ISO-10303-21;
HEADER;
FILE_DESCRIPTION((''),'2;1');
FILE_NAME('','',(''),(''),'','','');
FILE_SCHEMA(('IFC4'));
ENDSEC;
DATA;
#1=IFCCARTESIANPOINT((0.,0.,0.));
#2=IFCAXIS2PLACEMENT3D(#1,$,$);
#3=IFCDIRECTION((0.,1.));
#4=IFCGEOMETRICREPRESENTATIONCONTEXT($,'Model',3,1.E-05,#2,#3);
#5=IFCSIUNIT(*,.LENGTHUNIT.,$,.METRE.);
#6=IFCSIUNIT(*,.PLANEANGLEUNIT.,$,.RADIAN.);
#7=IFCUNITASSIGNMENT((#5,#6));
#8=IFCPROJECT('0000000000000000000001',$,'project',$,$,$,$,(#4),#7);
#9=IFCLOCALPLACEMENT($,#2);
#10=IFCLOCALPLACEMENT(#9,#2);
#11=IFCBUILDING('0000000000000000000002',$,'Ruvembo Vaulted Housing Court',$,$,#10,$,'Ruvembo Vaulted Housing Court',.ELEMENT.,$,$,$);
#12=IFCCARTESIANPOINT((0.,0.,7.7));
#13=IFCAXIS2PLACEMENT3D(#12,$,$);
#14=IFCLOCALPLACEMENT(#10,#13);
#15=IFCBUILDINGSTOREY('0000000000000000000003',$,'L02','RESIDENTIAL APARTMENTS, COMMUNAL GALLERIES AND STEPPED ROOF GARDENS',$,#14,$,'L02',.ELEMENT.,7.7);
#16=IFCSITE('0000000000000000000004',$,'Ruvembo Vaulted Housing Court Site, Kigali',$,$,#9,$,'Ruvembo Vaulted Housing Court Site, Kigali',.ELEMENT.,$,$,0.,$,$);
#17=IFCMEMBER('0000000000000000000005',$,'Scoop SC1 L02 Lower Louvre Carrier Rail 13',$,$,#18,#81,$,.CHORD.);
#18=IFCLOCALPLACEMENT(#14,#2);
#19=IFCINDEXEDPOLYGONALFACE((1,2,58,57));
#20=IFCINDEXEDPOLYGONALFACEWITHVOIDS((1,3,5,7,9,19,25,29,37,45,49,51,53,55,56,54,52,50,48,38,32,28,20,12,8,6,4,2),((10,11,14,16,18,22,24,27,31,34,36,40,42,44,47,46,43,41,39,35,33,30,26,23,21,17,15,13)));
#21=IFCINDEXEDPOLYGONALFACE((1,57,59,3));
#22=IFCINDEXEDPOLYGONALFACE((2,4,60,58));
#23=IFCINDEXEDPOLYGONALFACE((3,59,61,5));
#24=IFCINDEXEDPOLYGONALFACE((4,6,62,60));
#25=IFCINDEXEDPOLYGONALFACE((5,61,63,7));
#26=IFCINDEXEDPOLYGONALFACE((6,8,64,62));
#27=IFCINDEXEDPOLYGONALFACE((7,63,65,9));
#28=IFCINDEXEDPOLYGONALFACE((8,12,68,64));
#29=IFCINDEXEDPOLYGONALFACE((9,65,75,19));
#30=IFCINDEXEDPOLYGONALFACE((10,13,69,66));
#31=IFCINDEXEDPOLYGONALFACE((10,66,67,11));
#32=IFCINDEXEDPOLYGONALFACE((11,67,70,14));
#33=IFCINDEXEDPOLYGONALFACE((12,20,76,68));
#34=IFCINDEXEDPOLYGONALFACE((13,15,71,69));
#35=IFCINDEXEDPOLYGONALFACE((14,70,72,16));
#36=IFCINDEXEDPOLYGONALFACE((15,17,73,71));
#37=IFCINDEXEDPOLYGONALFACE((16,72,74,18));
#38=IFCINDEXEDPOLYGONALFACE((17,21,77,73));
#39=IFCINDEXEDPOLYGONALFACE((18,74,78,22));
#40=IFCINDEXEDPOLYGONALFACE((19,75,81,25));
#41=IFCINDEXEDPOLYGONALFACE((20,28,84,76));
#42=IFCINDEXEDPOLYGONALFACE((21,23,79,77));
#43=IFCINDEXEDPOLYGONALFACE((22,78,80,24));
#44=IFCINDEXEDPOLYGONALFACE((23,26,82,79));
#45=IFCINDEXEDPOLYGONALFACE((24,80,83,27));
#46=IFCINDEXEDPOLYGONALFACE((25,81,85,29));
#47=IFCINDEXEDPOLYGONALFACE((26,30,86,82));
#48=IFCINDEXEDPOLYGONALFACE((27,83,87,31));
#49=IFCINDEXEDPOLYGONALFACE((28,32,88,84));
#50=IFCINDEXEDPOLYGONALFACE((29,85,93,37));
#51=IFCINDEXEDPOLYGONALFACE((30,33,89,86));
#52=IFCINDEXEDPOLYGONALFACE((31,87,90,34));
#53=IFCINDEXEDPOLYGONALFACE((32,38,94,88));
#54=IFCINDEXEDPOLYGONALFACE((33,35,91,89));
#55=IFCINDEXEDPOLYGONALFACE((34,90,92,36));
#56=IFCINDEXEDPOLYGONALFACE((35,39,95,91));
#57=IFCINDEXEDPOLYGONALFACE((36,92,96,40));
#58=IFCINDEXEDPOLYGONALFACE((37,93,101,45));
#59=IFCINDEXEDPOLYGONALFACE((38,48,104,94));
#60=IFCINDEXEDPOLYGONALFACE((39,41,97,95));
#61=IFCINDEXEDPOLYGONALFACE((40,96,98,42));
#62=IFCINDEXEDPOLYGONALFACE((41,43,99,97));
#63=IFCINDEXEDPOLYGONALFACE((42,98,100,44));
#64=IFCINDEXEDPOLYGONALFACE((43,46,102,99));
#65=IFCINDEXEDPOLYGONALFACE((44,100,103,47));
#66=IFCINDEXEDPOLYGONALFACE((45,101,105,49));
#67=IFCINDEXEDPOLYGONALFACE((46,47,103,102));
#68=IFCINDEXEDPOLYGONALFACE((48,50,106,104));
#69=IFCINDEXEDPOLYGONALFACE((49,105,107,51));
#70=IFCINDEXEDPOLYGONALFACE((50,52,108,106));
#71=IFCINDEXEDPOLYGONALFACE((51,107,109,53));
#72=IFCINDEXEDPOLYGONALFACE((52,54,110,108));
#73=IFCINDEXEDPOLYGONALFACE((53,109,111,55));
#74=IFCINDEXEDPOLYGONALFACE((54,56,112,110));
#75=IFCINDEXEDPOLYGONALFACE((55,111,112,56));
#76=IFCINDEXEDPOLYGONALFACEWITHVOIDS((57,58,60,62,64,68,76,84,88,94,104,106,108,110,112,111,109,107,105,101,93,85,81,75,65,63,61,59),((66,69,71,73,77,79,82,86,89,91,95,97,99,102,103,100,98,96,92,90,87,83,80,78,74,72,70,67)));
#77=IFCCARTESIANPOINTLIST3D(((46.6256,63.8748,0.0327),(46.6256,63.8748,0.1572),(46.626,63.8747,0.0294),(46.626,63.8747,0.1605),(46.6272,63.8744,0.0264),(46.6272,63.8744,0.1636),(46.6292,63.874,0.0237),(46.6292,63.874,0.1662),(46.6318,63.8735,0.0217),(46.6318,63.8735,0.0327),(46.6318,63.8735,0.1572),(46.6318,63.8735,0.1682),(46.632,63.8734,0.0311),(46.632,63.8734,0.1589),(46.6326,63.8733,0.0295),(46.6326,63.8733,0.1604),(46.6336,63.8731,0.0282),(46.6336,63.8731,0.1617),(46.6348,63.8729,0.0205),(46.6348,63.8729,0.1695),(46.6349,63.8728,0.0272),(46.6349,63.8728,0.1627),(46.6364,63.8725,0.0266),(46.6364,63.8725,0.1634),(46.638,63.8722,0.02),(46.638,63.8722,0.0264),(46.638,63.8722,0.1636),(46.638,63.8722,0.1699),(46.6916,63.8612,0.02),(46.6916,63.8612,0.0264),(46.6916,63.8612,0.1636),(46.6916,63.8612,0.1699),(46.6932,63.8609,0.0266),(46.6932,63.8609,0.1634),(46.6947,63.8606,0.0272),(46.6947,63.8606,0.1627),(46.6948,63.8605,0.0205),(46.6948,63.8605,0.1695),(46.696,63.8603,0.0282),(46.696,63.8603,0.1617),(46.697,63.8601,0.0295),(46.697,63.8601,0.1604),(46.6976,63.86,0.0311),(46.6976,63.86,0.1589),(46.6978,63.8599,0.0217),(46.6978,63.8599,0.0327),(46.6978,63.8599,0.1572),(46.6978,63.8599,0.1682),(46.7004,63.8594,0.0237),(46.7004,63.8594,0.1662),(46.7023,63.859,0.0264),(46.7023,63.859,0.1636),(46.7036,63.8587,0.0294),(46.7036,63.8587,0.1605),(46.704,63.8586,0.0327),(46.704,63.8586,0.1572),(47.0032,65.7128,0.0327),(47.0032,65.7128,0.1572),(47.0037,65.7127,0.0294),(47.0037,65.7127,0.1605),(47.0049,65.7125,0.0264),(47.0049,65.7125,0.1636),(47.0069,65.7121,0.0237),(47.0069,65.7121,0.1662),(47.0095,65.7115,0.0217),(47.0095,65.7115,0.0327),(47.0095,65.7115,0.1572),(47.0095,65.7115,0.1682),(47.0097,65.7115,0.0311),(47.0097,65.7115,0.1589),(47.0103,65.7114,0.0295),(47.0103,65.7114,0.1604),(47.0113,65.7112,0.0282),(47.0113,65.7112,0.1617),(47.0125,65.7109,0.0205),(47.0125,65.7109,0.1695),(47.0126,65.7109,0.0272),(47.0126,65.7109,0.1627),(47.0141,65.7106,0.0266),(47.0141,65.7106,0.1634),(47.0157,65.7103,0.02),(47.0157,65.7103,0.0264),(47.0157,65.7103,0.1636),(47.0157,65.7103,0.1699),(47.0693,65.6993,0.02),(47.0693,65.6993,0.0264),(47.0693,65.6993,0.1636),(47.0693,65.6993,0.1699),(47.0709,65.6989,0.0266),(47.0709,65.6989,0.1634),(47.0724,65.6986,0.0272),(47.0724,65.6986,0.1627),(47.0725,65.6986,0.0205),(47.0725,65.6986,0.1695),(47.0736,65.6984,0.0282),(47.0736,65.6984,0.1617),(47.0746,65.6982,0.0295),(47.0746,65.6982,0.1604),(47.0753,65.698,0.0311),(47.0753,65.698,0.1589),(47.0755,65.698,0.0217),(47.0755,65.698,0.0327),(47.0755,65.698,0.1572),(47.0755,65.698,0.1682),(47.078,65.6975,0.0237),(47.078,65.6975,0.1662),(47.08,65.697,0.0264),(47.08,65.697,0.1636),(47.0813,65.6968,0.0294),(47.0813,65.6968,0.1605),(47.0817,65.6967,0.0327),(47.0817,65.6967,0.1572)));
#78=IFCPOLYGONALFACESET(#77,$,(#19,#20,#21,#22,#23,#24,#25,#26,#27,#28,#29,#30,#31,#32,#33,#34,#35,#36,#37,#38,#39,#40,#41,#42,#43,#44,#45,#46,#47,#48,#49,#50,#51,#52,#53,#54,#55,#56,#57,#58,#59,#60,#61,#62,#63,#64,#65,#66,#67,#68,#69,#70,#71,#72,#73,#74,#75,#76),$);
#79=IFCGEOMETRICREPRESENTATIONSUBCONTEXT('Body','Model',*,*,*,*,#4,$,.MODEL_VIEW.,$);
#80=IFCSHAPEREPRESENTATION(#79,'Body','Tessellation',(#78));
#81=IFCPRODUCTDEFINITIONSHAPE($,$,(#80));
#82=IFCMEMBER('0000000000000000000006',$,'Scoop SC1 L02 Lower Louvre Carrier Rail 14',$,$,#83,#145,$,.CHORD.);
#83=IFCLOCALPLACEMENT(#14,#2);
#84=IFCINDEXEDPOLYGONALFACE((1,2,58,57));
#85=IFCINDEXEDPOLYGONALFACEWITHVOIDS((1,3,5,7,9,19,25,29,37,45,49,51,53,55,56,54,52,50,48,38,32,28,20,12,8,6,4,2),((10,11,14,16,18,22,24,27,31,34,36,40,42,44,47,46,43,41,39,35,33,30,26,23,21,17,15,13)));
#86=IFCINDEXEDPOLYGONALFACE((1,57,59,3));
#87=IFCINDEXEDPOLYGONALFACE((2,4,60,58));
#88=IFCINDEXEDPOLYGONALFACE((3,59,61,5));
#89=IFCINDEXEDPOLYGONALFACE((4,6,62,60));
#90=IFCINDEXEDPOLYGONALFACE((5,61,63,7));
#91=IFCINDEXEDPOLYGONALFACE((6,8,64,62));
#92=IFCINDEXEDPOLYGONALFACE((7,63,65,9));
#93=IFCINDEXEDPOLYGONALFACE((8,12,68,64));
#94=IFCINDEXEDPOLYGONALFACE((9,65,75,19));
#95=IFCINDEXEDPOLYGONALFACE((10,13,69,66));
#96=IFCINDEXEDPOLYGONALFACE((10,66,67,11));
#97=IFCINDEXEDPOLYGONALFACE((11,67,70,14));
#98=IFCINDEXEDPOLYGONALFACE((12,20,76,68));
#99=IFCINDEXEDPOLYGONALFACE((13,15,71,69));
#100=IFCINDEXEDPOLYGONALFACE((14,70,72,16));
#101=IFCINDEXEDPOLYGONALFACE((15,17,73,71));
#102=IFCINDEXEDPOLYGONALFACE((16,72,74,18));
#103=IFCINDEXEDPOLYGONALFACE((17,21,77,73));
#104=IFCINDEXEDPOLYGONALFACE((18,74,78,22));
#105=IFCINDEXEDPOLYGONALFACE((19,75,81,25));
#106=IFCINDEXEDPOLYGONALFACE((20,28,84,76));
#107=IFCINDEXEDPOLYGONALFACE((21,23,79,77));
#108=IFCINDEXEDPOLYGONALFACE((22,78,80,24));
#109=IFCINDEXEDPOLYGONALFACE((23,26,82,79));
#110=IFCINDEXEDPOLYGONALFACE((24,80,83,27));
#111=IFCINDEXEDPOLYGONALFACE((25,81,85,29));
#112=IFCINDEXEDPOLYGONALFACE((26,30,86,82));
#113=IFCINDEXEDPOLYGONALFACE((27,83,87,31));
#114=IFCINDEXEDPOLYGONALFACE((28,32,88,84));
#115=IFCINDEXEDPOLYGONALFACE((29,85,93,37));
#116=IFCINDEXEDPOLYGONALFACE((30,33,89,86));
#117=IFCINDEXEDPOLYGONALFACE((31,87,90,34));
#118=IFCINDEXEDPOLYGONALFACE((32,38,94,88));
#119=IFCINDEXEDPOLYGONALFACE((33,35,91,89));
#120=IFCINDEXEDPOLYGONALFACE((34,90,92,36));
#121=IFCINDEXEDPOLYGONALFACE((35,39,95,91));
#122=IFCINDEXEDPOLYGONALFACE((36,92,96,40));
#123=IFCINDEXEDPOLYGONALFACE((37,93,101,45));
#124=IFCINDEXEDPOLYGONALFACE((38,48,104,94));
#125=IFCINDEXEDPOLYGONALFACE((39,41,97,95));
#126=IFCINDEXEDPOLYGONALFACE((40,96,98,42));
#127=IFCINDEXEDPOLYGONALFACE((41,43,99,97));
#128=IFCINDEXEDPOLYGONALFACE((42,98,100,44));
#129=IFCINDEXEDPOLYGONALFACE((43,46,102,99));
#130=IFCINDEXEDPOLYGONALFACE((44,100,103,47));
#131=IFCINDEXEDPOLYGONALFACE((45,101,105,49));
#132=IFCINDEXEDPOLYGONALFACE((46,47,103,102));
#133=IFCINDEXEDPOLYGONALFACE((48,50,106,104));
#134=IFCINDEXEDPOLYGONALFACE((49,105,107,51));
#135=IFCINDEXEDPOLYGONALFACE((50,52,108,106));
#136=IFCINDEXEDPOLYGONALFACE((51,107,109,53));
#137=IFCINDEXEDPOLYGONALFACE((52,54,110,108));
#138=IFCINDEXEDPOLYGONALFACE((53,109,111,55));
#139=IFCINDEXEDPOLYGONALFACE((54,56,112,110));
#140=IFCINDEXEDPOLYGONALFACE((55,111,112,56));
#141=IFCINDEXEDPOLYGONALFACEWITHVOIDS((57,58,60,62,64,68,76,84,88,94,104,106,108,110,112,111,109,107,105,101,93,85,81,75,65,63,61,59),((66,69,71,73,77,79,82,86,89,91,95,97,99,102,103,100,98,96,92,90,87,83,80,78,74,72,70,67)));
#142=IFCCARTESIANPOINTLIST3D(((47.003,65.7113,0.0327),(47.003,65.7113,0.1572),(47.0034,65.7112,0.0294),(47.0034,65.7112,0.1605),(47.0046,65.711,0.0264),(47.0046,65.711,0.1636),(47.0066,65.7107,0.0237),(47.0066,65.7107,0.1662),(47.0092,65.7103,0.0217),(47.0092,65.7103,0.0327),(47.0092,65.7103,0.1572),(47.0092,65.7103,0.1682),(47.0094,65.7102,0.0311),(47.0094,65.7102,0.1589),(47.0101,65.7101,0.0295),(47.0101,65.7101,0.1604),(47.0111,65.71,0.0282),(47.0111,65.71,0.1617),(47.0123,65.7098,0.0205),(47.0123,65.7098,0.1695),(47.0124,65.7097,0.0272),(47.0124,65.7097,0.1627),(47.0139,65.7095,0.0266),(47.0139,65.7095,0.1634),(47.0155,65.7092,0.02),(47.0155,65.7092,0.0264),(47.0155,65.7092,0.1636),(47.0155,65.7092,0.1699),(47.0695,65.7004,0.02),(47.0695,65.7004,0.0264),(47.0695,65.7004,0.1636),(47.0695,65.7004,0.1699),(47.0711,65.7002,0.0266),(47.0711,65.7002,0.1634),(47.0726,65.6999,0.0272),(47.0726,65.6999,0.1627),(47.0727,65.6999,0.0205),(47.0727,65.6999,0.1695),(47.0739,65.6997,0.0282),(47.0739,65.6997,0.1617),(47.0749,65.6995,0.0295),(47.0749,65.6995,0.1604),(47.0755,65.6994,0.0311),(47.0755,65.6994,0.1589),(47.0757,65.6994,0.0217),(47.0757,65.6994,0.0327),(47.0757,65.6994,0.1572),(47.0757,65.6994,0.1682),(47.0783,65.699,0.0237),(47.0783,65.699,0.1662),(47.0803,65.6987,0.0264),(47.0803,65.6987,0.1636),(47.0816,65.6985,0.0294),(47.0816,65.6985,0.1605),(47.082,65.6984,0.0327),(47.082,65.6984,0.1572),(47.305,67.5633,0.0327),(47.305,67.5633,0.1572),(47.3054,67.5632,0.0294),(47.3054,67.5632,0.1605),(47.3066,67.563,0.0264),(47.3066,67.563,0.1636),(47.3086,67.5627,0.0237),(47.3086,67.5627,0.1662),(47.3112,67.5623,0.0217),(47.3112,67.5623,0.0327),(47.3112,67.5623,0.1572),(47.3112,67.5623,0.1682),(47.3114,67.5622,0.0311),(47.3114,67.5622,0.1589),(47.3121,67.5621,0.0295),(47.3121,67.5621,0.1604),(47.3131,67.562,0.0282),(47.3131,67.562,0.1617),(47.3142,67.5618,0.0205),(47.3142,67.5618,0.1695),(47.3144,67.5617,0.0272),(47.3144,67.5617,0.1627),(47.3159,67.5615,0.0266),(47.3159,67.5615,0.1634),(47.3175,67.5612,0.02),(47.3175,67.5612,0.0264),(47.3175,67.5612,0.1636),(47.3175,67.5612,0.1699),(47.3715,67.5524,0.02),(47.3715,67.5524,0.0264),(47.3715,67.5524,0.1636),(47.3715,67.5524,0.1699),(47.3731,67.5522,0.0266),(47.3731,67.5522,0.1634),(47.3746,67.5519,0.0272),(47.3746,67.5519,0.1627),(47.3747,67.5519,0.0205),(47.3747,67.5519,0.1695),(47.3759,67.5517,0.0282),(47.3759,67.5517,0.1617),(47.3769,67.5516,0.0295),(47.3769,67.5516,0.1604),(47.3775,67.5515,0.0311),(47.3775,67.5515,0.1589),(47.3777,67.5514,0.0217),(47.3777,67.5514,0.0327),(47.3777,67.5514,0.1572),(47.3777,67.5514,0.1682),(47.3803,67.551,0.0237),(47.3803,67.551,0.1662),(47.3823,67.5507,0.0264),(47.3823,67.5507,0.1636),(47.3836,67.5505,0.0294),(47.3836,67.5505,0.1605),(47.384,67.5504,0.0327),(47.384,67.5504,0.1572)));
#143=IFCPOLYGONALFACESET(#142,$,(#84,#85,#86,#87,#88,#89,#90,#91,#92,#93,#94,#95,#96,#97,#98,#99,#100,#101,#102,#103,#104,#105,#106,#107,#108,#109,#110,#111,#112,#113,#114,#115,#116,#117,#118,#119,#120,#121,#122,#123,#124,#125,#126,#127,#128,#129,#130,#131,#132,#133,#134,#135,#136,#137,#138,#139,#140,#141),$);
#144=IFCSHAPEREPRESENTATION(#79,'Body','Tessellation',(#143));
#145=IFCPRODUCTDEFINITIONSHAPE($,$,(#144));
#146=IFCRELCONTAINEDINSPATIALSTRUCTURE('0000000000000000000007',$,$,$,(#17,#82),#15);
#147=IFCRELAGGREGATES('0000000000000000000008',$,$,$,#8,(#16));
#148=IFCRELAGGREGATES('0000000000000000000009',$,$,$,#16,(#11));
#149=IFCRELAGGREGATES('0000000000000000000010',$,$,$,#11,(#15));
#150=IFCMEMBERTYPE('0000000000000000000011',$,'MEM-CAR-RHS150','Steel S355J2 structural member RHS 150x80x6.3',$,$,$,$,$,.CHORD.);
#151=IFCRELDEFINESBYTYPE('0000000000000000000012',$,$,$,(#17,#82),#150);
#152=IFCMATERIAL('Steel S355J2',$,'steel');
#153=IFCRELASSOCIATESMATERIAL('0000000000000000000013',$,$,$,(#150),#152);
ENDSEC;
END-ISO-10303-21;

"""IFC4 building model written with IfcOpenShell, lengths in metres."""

from ifc_helpers import new_model, si_unit, direction, frame, origin, origin_2d, place, context, subcontext, project, spatial, hollow_rectangle, extrude, material, material_profile, profile_set, type_object, element, save


model = new_model("IFC4")

# Units and contexts
model_context = context("Model", 3, precision=1e-05, world=origin(), true_north=direction((0.0, 1.0)))
body_context = subcontext(model_context, "Body", "Model", "MODEL_VIEW")
ifc_project = project(units=[si_unit("LENGTHUNIT", "METRE"), si_unit("PLANEANGLEUNIT", "RADIAN")], contexts=[model_context])

# Site, building, storey
site_placement = place(None, origin())
site = spatial("IfcSite", under=ifc_project, at=site_placement, Name="Ruvembo Vaulted Housing Court Site, Kigali", LongName="Ruvembo Vaulted Housing Court Site, Kigali", CompositionType="ELEMENT", RefElevation=0.0)
building_placement = place(site_placement, origin())
building = spatial("IfcBuilding", under=site, at=building_placement, Name="Ruvembo Vaulted Housing Court", LongName="Ruvembo Vaulted Housing Court", CompositionType="ELEMENT")
storey_placement = place(building_placement, frame((0.0, 0.0, 7.7)))
storey = spatial("IfcBuildingStorey", under=building, at=storey_placement, Name="L02", Description="RESIDENTIAL APARTMENTS, COMMUNAL GALLERIES AND STEPPED ROOF GARDENS", LongName="L02", CompositionType="ELEMENT", Elevation=7.7)

# Shared definitions
ifc_material_1 = material(Name="Steel S355J2", Category="steel")

# Members
ifc_material_profile_1 = material_profile(ifc_material_1, hollow_rectangle(XDim=0.0801, YDim=0.1499, WallThickness=0.0063, InnerFilletRadius=0.0063, OuterFilletRadius=0.0127, at=origin_2d()), Name="RHS 150x80x6.3")
ifc_profile_set_1 = profile_set([ifc_material_profile_1], Name="Steel S355J2")
member_type_1 = type_object("IfcMemberType", Name="MEM-CAR-RHS150", Description="Steel S355J2 structural member RHS 150x80x6.3", PredefinedType="CHORD", material=ifc_profile_set_1)
for number, where, z_axis, x_axis, name in (
    (1, (46.6648, 63.8667, 0.095), (0.201267, 0.979536, 0.0), (-0.979536, 0.201267, 0.0), "Scoop SC1 L02 Lower Louvre Carrier Rail 13"),
    (2, (47.0425, 65.7048, 0.095), (0.160938, 0.986965, 0.0), (-0.986965, 0.160938, 0.0), "Scoop SC1 L02 Lower Louvre Carrier Rail 14"),
):
    element("IfcMember", number, at=place(storey_placement, frame(where, z_axis=z_axis, x_axis=x_axis)), inside=storey, type_object=member_type_1, Name=name, PredefinedType="CHORD", context=body_context, shape_type="SweptSolid", body=[
        extrude(hollow_rectangle(XDim=0.0801, YDim=0.1499, WallThickness=0.0063, InnerFilletRadius=0.0063, OuterFilletRadius=0.0127, at=origin_2d()), origin(), (0.0, 0.0, 1.0), 1.8765),
    ])

save(model, "model.ifc")
